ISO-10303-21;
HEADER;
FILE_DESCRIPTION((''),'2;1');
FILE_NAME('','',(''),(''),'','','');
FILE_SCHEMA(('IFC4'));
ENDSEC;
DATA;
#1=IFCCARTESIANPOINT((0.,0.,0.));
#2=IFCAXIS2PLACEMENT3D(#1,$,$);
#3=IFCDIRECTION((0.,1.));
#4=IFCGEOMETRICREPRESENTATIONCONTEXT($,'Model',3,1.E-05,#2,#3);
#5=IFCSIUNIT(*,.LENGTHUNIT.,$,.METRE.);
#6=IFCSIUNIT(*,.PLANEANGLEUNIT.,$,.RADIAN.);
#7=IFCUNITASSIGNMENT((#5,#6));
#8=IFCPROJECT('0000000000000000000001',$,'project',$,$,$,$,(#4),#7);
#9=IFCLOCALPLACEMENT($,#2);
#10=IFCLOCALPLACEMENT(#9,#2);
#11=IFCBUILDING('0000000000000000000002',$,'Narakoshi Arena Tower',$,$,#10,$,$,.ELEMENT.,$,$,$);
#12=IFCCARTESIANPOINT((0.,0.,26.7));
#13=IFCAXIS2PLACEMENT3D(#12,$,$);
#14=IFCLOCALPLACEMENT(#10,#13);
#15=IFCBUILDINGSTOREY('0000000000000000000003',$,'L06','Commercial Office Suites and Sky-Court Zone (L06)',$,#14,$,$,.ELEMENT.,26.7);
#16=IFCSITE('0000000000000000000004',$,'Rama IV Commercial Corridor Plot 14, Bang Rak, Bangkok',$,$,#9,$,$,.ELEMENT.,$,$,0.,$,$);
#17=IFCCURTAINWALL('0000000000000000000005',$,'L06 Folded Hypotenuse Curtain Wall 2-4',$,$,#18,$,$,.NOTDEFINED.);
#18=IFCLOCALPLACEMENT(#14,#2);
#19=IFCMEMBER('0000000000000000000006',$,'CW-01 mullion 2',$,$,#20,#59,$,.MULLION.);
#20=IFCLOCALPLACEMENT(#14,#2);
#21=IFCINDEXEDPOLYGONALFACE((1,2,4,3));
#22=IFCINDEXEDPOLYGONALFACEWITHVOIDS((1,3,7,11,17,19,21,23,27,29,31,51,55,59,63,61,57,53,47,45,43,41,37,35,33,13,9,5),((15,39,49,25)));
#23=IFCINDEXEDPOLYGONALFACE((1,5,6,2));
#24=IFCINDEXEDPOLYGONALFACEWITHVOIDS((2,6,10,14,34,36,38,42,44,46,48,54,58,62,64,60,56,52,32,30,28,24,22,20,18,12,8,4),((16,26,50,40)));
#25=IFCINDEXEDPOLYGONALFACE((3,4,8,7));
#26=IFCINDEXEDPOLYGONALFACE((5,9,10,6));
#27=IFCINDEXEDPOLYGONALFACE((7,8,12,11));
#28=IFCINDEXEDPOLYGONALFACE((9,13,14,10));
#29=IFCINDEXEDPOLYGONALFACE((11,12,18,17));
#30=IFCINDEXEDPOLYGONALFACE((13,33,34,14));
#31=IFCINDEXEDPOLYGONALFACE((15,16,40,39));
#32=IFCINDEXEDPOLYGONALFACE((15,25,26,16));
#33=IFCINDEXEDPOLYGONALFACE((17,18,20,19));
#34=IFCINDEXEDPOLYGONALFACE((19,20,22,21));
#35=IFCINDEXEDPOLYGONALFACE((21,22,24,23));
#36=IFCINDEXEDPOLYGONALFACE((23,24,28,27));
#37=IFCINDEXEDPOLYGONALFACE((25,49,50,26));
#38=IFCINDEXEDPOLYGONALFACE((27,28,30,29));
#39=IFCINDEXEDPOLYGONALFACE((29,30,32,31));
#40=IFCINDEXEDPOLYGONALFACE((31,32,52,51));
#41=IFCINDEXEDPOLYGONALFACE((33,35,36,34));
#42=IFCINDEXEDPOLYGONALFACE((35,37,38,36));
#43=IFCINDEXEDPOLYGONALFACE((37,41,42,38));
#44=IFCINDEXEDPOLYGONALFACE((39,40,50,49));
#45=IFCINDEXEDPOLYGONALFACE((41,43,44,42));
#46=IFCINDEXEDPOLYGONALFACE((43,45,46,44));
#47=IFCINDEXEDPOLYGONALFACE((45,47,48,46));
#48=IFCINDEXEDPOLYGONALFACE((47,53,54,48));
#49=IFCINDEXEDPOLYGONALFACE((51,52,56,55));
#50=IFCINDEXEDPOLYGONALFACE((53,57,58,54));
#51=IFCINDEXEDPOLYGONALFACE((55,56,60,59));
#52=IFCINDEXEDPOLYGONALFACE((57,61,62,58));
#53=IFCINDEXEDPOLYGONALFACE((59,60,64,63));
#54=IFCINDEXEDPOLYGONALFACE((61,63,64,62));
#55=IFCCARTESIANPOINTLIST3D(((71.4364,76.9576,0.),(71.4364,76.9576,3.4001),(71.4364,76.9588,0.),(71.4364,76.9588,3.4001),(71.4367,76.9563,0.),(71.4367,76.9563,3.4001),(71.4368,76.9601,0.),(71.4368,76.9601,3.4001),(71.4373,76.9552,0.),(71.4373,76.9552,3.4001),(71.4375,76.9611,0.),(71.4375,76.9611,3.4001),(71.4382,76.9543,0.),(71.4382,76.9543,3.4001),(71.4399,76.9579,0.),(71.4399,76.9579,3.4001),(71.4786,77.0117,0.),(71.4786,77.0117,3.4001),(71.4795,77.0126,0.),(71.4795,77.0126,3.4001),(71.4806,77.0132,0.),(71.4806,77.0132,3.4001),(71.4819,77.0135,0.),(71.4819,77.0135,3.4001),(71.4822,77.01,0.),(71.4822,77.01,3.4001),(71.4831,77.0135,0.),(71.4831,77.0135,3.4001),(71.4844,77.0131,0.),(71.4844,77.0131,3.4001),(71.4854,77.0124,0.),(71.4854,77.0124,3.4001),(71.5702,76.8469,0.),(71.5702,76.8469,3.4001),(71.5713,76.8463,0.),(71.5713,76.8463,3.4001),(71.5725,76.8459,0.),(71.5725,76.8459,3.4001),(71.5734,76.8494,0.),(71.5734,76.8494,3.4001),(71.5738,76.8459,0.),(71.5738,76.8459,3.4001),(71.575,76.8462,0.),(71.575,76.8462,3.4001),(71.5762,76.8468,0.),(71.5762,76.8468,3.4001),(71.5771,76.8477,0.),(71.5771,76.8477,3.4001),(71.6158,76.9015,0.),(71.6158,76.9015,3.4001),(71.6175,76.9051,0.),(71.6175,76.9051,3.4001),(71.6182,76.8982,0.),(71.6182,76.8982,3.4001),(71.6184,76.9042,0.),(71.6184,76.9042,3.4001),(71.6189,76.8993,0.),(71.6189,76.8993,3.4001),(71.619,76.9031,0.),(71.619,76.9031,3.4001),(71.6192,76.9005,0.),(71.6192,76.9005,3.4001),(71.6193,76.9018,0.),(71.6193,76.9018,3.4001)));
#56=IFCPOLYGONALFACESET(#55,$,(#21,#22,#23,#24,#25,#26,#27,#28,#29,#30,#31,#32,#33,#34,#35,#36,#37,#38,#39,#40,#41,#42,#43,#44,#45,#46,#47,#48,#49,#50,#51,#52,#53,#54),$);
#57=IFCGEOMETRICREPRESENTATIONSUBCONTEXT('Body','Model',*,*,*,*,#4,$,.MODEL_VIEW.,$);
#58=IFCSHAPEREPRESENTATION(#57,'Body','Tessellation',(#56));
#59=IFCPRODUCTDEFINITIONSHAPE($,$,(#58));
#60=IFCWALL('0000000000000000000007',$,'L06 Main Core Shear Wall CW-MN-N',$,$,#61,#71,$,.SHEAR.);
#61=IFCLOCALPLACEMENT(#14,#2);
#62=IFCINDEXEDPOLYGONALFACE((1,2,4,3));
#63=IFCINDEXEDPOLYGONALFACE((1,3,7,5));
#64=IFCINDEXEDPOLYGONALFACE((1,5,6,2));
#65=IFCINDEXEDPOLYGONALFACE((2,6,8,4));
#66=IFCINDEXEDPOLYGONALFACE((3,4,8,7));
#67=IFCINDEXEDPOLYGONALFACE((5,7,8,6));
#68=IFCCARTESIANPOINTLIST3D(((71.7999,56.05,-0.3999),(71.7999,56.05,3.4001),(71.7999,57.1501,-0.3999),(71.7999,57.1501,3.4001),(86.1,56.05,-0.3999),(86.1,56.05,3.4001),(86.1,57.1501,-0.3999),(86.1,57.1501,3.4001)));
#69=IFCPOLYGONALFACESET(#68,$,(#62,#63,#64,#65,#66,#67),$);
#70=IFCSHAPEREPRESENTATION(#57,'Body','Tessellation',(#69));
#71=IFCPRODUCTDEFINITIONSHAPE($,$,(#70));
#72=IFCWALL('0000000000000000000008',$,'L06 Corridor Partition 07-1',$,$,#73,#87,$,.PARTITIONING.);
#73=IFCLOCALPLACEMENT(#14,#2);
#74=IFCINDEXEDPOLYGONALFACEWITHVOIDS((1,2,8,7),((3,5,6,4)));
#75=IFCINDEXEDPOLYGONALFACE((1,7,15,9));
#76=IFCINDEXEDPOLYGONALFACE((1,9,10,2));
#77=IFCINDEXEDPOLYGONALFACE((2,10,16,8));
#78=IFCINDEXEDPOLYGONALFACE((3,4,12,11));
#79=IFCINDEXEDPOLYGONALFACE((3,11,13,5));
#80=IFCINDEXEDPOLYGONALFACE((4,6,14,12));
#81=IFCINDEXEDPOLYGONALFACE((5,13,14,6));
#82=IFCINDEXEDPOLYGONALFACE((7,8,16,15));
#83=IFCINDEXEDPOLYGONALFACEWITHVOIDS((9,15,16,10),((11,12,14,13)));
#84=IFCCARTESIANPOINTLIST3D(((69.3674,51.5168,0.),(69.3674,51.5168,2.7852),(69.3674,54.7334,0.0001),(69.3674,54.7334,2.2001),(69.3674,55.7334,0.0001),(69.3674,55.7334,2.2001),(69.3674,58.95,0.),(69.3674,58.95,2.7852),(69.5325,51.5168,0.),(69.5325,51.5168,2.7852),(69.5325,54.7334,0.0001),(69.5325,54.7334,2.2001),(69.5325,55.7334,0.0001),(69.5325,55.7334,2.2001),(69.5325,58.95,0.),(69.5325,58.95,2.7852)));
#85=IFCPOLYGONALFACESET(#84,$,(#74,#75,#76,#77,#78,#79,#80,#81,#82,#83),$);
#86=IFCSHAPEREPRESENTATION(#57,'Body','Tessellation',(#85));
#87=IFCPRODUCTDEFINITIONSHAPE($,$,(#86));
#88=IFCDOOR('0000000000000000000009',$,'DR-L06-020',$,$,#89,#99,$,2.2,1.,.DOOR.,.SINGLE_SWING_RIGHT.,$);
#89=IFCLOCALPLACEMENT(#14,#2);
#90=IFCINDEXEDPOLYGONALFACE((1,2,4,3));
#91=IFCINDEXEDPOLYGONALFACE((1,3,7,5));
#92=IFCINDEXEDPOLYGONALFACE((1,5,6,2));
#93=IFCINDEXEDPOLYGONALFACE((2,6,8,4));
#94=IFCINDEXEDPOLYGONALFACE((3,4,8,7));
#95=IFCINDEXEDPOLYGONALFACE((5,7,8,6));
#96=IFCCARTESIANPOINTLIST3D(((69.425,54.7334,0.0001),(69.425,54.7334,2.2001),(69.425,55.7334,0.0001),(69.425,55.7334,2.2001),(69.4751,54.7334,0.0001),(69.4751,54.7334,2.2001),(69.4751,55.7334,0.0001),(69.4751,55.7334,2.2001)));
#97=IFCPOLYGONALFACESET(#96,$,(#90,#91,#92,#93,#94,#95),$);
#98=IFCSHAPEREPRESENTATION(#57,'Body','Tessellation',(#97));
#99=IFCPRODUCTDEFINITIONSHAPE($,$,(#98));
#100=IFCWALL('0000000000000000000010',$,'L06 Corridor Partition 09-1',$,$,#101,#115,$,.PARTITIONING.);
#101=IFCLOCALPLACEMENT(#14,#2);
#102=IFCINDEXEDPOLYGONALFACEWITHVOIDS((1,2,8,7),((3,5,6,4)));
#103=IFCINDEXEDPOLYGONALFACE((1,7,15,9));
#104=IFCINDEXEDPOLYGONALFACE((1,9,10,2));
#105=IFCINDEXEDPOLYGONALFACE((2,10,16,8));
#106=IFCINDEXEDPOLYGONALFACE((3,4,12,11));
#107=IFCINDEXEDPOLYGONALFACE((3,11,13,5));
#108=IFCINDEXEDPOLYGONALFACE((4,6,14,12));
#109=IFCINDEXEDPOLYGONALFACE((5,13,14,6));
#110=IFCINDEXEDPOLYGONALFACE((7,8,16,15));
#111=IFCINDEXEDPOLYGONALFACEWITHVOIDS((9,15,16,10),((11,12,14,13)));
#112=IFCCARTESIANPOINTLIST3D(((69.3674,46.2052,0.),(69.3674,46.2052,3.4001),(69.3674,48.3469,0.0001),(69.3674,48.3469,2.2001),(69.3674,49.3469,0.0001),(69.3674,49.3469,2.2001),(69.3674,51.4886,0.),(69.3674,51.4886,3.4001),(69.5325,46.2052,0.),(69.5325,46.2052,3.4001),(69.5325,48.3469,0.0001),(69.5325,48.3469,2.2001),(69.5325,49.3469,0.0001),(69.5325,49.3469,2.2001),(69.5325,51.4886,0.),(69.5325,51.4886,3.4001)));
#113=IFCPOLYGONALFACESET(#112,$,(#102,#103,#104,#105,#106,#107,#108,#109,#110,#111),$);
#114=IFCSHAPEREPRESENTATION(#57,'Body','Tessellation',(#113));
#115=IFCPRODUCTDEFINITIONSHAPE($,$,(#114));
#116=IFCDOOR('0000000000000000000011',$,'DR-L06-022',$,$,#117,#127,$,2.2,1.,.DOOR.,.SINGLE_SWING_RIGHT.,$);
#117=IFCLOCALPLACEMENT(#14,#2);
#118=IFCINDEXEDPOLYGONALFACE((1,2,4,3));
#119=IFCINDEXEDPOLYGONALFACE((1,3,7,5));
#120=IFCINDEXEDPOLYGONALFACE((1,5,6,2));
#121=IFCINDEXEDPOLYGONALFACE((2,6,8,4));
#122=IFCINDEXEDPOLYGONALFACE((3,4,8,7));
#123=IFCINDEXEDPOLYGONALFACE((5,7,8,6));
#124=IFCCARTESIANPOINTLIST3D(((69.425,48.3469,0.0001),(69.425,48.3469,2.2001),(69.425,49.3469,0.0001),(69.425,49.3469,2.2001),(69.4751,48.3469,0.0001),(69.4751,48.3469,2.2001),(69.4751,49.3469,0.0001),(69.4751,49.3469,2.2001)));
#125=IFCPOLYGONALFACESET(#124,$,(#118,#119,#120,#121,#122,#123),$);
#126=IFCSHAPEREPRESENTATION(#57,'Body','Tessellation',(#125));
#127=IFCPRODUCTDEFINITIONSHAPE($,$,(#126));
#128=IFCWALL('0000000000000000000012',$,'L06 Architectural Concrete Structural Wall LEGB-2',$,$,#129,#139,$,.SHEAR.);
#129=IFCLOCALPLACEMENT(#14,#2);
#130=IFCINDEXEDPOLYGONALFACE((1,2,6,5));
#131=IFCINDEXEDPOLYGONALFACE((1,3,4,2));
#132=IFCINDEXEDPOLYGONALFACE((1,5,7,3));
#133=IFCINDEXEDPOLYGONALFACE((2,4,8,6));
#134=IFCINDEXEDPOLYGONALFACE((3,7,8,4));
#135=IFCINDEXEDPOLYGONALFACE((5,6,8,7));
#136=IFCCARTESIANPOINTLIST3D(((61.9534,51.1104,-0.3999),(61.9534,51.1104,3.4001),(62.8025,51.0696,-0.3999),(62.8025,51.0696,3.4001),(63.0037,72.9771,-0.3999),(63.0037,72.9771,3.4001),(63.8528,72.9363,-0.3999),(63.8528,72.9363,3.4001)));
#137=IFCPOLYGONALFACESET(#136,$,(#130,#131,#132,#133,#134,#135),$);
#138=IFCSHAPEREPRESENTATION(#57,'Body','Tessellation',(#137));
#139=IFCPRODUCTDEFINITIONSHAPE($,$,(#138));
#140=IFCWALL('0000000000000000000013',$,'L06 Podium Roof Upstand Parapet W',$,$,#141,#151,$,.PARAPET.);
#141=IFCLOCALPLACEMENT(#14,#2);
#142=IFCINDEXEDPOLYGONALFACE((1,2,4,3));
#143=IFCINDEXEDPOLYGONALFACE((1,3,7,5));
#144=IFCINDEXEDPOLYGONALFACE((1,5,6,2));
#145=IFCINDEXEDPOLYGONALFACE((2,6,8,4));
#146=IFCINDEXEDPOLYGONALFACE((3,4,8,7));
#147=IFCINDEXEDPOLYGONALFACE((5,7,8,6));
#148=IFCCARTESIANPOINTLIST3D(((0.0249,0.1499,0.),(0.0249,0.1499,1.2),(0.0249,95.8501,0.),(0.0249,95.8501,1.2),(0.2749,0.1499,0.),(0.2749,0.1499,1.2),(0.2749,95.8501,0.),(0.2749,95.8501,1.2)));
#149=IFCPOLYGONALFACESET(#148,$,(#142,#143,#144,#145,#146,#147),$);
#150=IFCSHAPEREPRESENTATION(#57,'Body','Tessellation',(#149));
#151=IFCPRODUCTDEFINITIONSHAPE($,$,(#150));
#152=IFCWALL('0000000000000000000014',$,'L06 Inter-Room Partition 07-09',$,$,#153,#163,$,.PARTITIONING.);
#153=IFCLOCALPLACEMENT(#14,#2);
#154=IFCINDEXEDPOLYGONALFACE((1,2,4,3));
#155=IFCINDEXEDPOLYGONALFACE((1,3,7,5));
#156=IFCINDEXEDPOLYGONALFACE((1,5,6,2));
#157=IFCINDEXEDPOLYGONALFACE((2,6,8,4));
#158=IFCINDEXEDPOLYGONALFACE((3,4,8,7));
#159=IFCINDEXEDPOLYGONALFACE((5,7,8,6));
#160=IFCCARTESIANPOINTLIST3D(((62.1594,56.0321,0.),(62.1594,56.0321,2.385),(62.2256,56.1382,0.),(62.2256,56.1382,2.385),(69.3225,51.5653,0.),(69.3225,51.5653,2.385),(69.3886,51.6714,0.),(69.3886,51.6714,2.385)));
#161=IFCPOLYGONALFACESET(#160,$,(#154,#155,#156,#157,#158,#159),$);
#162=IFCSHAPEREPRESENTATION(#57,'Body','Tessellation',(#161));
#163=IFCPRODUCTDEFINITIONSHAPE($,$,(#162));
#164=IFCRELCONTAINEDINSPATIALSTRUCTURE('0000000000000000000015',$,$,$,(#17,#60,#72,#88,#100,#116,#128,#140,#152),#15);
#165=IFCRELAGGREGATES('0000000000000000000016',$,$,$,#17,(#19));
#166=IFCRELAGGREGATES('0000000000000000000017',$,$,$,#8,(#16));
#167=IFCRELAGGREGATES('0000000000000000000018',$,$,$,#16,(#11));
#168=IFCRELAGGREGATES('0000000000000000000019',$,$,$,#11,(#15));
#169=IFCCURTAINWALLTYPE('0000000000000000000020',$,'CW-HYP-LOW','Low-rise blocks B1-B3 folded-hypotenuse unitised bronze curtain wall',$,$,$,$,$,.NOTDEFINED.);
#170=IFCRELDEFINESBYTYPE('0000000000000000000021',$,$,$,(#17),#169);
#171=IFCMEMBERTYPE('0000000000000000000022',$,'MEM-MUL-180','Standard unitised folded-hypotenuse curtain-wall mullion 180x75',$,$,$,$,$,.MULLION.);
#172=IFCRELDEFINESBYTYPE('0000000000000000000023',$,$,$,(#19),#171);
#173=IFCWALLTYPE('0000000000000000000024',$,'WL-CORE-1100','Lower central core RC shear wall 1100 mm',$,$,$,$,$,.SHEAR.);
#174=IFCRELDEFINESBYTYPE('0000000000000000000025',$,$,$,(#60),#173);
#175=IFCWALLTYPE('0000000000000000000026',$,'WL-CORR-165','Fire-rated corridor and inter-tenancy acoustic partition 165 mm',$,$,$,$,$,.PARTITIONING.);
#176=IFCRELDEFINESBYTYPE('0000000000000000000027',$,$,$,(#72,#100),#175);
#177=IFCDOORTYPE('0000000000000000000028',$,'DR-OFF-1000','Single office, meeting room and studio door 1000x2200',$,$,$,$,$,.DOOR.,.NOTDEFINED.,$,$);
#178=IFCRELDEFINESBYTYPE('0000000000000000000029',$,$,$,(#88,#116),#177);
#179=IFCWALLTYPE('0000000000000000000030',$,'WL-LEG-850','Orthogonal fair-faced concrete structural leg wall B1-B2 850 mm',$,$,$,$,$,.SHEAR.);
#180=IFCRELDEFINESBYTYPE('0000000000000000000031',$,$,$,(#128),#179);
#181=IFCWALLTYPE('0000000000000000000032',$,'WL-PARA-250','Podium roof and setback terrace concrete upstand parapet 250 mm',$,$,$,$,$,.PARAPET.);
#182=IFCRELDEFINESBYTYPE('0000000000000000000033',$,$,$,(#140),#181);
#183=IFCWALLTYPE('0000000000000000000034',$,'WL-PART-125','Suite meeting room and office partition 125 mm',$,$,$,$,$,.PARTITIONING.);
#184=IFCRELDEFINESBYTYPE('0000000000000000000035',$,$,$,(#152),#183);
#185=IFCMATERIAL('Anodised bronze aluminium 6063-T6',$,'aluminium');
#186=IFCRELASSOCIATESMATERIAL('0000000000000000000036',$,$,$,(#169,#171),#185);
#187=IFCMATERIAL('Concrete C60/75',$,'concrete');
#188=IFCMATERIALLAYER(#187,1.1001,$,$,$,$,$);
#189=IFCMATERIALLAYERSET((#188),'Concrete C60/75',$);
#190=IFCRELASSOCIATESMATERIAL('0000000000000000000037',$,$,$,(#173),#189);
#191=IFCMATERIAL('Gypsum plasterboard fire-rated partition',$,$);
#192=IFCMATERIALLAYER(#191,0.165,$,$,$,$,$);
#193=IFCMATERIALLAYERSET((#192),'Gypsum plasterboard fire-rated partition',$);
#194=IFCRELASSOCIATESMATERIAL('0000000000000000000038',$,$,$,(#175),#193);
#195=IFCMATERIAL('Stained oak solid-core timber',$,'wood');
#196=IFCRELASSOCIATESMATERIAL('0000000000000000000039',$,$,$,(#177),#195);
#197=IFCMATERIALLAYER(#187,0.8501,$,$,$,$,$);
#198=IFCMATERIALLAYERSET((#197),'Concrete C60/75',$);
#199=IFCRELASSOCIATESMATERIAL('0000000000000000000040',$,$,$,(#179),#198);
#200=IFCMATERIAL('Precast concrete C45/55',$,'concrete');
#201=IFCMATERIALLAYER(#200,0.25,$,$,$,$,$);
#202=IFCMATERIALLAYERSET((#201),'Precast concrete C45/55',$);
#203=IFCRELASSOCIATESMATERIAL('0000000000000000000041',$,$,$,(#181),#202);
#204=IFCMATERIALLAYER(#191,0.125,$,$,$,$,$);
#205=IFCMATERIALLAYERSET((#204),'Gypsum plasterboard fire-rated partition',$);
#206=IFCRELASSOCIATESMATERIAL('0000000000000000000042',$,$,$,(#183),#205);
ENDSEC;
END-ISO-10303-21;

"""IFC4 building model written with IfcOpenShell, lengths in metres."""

from ifc_helpers import new_model, si_unit, direction, frame, frame_2d, origin, origin_2d, place, context, subcontext, project, spatial, rectangle, hollow_rectangle, extrude, material, layer, layer_set, material_profile, profile_set, type_object, element, fill, aggregate, save


model = new_model("IFC4")

# Units and contexts
model_context = context("Model", 3, precision=1e-05, world=origin(), true_north=direction((0.0, 1.0)))
body_context = subcontext(model_context, "Body", "Model", "MODEL_VIEW")
ifc_project = project(units=[si_unit("LENGTHUNIT", "METRE"), si_unit("PLANEANGLEUNIT", "RADIAN")], contexts=[model_context])

# Site, building, storey
site_placement = place(None, origin())
site = spatial("IfcSite", under=ifc_project, at=site_placement, Name="Rama IV Commercial Corridor Plot 14, Bang Rak, Bangkok", CompositionType="ELEMENT", RefElevation=0.0)
building_placement = place(site_placement, origin())
building = spatial("IfcBuilding", under=site, at=building_placement, Name="Narakoshi Arena Tower", CompositionType="ELEMENT")
storey_placement = place(building_placement, frame((0.0, 0.0, 26.7)))
storey = spatial("IfcBuildingStorey", under=building, at=storey_placement, Name="L06", Description="Commercial Office Suites and Sky-Court Zone (L06)", CompositionType="ELEMENT", Elevation=26.7)

# Shared definitions
ifc_material_1 = material(Name="Concrete C60/75", Category="concrete")

# Curtain wall, member
ifc_material_2 = material(Name="Anodised bronze aluminium 6063-T6", Category="aluminium")
curtain_wall_type = type_object("IfcCurtainWallType", Name="CW-HYP-LOW", Description="Low-rise blocks B1-B3 folded-hypotenuse unitised bronze curtain wall", PredefinedType="NOTDEFINED", material=ifc_material_2)
curtain_wall_placement = place(storey_placement, origin())
curtain_wall = element("IfcCurtainWall", 1, at=curtain_wall_placement, inside=storey, type_object=curtain_wall_type, Name="L06 Folded Hypotenuse Curtain Wall 2-4", PredefinedType="NOTDEFINED")
ifc_material_profile_1 = material_profile(ifc_material_2, hollow_rectangle(XDim=0.075, YDim=0.1799, WallThickness=0.0039, OuterFilletRadius=0.0049, at=origin_2d()), Name="MUL180x75x4")
ifc_profile_set_1 = profile_set([ifc_material_profile_1], Name="Anodised bronze aluminium 6063-T6")
member_type = type_object("IfcMemberType", Name="MEM-MUL-180", Description="Standard unitised folded-hypotenuse curtain-wall mullion 180x75", PredefinedType="MULLION", material=ifc_profile_set_1)
member_placement = place(storey_placement, frame((71.5278, 76.9297, 0.0), z_axis=(0.0, 0.0, 1.0), x_axis=(-0.630734, -0.775999, 0.0)))
member = element("IfcMember", 2, at=member_placement, type_object=member_type, Name="CW-01 mullion 2", PredefinedType="MULLION", context=body_context, shape_type="SweptSolid", body=[
    extrude(hollow_rectangle(XDim=0.075, YDim=0.1799, WallThickness=0.0039, OuterFilletRadius=0.0049, at=origin_2d()), origin(), (0.0, 0.0, 1.0), 3.4001),
])
aggregate(curtain_wall, [member])

# Wall
ifc_layer_1 = layer(ifc_material_1, 1.1001)
ifc_layer_set_1 = layer_set([ifc_layer_1], Name="Concrete C60/75")
wall_type_1 = type_object("IfcWallType", Name="WL-CORE-1100", Description="Lower central core RC shear wall 1100 mm", PredefinedType="SHEAR", material=ifc_layer_set_1)
wall_1_placement = place(storey_placement, frame((71.8, 56.6001, -0.3999), z_axis=(0.0, 0.0, 1.0), x_axis=(1.0, 0.0, 0.0)))
element("IfcWall", 3, at=wall_1_placement, inside=storey, type_object=wall_type_1, Name="L06 Main Core Shear Wall CW-MN-N", PredefinedType="SHEAR", context=body_context, shape_type="SweptSolid", body=[
    extrude(rectangle(XDim=14.3, YDim=1.1001, at=frame_2d((7.1499, 0.0))), origin(), (0.0, 0.0, 1.0), 3.8),
])

# Walls, openings, doors
ifc_material_3 = material(Name="Gypsum plasterboard fire-rated partition")
ifc_layer_2 = layer(ifc_material_3, 0.165)
ifc_layer_set_2 = layer_set([ifc_layer_2], Name="Gypsum plasterboard fire-rated partition")
wall_type_2 = type_object("IfcWallType", Name="WL-CORR-165", Description="Fire-rated corridor and inter-tenancy acoustic partition 165 mm", PredefinedType="PARTITIONING", material=ifc_layer_set_2)
wall_2_placement = place(storey_placement, frame((69.45, 58.95, 0.0), z_axis=(0.0, 0.0, 1.0), x_axis=(0.0, -1.0, 0.0)))
wall_2 = element("IfcWall", 4, at=wall_2_placement, inside=storey, type_object=wall_type_2, Name="L06 Corridor Partition 07-1", PredefinedType="PARTITIONING", context=body_context, shape_type="SweptSolid", body=[
    extrude(rectangle(XDim=7.4331, YDim=0.165, at=frame_2d((3.7166, 0.0))), origin(), (0.0, 0.0, 1.0), 2.7852),
])
opening_1_placement = place(wall_2_placement, frame((3.2166, 0.0, 0.0)))
opening_1 = element("IfcOpeningElement", 5, at=opening_1_placement, cuts=wall_2, PredefinedType="OPENING", context=body_context, shape_type="SweptSolid", body=[
    extrude(rectangle(XDim=1.0, YDim=2.2, at=frame_2d((0.5, 1.1001))), frame((0.0, 0.0925, 0.0), z_axis=(0.0, -1.0, 0.0), x_axis=(1.0, 0.0, 0.0)), (0.0, 0.0, 1.0), 0.1851),
])
ifc_material_4 = material(Name="Stained oak solid-core timber", Category="wood")
door_type = type_object("IfcDoorType", Name="DR-OFF-1000", Description="Single office, meeting room and studio door 1000x2200", OperationType="NOTDEFINED", PredefinedType="DOOR", material=ifc_material_4)
door_1_placement = place(opening_1_placement, frame((1.0, 0.0, 0.0), z_axis=(0.0, 0.0, 1.0), x_axis=(-1.0, 0.0, 0.0)))
door_1 = element("IfcDoor", 6, at=door_1_placement, inside=storey, type_object=door_type, Name="DR-L06-020", OperationType="SINGLE_SWING_RIGHT", OverallHeight=2.2, OverallWidth=1.0, PredefinedType="DOOR", context=body_context, shape_type="SweptSolid", body=[
    extrude(rectangle(XDim=1.0, YDim=2.2, at=frame_2d((0.5, 1.1001))), frame((0.0, 0.0249, 0.0), z_axis=(0.0, -1.0, 0.0), x_axis=(1.0, 0.0, 0.0)), (0.0, 0.0, 1.0), 0.05),
])
fill(opening_1, door_1)
wall_3_placement = place(storey_placement, frame((69.45, 51.4885, 0.0), z_axis=(0.0, 0.0, 1.0), x_axis=(0.0, -1.0, 0.0)))
wall_3 = element("IfcWall", 7, at=wall_3_placement, inside=storey, type_object=wall_type_2, Name="L06 Corridor Partition 09-1", PredefinedType="PARTITIONING", context=body_context, shape_type="SweptSolid", body=[
    extrude(rectangle(XDim=5.2834, YDim=0.165, at=frame_2d((2.6416, 0.0))), origin(), (0.0, 0.0, 1.0), 3.4001),
])
opening_2_placement = place(wall_3_placement, frame((2.1416, 0.0, 0.0)))
opening_2 = element("IfcOpeningElement", 8, at=opening_2_placement, cuts=wall_3, PredefinedType="OPENING", context=body_context, shape_type="SweptSolid", body=[
    extrude(rectangle(XDim=1.0, YDim=2.2, at=frame_2d((0.5, 1.1001))), frame((0.0, 0.0925, 0.0), z_axis=(0.0, -1.0, 0.0), x_axis=(1.0, 0.0, 0.0)), (0.0, 0.0, 1.0), 0.1851),
])
door_2_placement = place(opening_2_placement, frame((1.0, 0.0, 0.0), z_axis=(0.0, 0.0, 1.0), x_axis=(-1.0, 0.0, 0.0)))
door_2 = element("IfcDoor", 9, at=door_2_placement, inside=storey, type_object=door_type, Name="DR-L06-022", OperationType="SINGLE_SWING_RIGHT", OverallHeight=2.2, OverallWidth=1.0, PredefinedType="DOOR", context=body_context, shape_type="SweptSolid", body=[
    extrude(rectangle(XDim=1.0, YDim=2.2, at=frame_2d((0.5, 1.1001))), frame((0.0, 0.0249, 0.0), z_axis=(0.0, -1.0, 0.0), x_axis=(1.0, 0.0, 0.0)), (0.0, 0.0, 1.0), 0.05),
])
fill(opening_2, door_2)

# Walls
ifc_layer_3 = layer(ifc_material_1, 0.8501)
ifc_layer_set_3 = layer_set([ifc_layer_3], Name="Concrete C60/75")
wall_type_3 = type_object("IfcWallType", Name="WL-LEG-850", Description="Orthogonal fair-faced concrete structural leg wall B1-B2 850 mm", PredefinedType="SHEAR", material=ifc_layer_set_3)
wall_4_placement = place(storey_placement, frame((63.4282, 72.9565, -0.3999), z_axis=(0.0, 0.0, 1.0), x_axis=(-0.047976, -0.998848, 0.0)))
element("IfcWall", 10, at=wall_4_placement, inside=storey, type_object=wall_type_3, Name="L06 Architectural Concrete Structural Wall LEGB-2", PredefinedType="SHEAR", context=body_context, shape_type="SweptSolid", body=[
    extrude(rectangle(XDim=21.8918, YDim=0.8501, at=frame_2d((10.9458, 0.0))), origin(), (0.0, 0.0, 1.0), 3.8),
])
ifc_material_5 = material(Name="Precast concrete C45/55", Category="concrete")
ifc_layer_4 = layer(ifc_material_5, 0.25)
ifc_layer_set_4 = layer_set([ifc_layer_4], Name="Precast concrete C45/55")
wall_type_4 = type_object("IfcWallType", Name="WL-PARA-250", Description="Podium roof and setback terrace concrete upstand parapet 250 mm", PredefinedType="PARAPET", material=ifc_layer_set_4)
wall_5_placement = place(storey_placement, frame((0.1499, 95.8501, 0.0), z_axis=(0.0, 0.0, 1.0), x_axis=(0.0, -1.0, 0.0)))
element("IfcWall", 11, at=wall_5_placement, inside=storey, type_object=wall_type_4, Name="L06 Podium Roof Upstand Parapet W", PredefinedType="PARAPET", context=body_context, shape_type="SweptSolid", body=[
    extrude(rectangle(XDim=95.7002, YDim=0.25, at=frame_2d((47.8501, 0.0))), origin(), (0.0, 0.0, 1.0), 1.2),
])
ifc_layer_5 = layer(ifc_material_3, 0.125)
ifc_layer_set_5 = layer_set([ifc_layer_5], Name="Gypsum plasterboard fire-rated partition")
wall_type_5 = type_object("IfcWallType", Name="WL-PART-125", Description="Suite meeting room and office partition 125 mm", PredefinedType="PARTITIONING", material=ifc_layer_set_5)
wall_6_placement = place(storey_placement, frame((69.3555, 51.6184, 0.0), z_axis=(0.0, 0.0, 1.0), x_axis=(-0.848537, 0.529136, 0.0)))
element("IfcWall", 12, at=wall_6_placement, inside=storey, type_object=wall_type_5, Name="L06 Inter-Room Partition 07-09", PredefinedType="PARTITIONING", context=body_context, shape_type="SweptSolid", body=[
    extrude(rectangle(XDim=8.4417, YDim=0.125, at=frame_2d((4.2207, 0.0))), origin(), (0.0, 0.0, 1.0), 2.385),
])

save(model, "model.ifc")
